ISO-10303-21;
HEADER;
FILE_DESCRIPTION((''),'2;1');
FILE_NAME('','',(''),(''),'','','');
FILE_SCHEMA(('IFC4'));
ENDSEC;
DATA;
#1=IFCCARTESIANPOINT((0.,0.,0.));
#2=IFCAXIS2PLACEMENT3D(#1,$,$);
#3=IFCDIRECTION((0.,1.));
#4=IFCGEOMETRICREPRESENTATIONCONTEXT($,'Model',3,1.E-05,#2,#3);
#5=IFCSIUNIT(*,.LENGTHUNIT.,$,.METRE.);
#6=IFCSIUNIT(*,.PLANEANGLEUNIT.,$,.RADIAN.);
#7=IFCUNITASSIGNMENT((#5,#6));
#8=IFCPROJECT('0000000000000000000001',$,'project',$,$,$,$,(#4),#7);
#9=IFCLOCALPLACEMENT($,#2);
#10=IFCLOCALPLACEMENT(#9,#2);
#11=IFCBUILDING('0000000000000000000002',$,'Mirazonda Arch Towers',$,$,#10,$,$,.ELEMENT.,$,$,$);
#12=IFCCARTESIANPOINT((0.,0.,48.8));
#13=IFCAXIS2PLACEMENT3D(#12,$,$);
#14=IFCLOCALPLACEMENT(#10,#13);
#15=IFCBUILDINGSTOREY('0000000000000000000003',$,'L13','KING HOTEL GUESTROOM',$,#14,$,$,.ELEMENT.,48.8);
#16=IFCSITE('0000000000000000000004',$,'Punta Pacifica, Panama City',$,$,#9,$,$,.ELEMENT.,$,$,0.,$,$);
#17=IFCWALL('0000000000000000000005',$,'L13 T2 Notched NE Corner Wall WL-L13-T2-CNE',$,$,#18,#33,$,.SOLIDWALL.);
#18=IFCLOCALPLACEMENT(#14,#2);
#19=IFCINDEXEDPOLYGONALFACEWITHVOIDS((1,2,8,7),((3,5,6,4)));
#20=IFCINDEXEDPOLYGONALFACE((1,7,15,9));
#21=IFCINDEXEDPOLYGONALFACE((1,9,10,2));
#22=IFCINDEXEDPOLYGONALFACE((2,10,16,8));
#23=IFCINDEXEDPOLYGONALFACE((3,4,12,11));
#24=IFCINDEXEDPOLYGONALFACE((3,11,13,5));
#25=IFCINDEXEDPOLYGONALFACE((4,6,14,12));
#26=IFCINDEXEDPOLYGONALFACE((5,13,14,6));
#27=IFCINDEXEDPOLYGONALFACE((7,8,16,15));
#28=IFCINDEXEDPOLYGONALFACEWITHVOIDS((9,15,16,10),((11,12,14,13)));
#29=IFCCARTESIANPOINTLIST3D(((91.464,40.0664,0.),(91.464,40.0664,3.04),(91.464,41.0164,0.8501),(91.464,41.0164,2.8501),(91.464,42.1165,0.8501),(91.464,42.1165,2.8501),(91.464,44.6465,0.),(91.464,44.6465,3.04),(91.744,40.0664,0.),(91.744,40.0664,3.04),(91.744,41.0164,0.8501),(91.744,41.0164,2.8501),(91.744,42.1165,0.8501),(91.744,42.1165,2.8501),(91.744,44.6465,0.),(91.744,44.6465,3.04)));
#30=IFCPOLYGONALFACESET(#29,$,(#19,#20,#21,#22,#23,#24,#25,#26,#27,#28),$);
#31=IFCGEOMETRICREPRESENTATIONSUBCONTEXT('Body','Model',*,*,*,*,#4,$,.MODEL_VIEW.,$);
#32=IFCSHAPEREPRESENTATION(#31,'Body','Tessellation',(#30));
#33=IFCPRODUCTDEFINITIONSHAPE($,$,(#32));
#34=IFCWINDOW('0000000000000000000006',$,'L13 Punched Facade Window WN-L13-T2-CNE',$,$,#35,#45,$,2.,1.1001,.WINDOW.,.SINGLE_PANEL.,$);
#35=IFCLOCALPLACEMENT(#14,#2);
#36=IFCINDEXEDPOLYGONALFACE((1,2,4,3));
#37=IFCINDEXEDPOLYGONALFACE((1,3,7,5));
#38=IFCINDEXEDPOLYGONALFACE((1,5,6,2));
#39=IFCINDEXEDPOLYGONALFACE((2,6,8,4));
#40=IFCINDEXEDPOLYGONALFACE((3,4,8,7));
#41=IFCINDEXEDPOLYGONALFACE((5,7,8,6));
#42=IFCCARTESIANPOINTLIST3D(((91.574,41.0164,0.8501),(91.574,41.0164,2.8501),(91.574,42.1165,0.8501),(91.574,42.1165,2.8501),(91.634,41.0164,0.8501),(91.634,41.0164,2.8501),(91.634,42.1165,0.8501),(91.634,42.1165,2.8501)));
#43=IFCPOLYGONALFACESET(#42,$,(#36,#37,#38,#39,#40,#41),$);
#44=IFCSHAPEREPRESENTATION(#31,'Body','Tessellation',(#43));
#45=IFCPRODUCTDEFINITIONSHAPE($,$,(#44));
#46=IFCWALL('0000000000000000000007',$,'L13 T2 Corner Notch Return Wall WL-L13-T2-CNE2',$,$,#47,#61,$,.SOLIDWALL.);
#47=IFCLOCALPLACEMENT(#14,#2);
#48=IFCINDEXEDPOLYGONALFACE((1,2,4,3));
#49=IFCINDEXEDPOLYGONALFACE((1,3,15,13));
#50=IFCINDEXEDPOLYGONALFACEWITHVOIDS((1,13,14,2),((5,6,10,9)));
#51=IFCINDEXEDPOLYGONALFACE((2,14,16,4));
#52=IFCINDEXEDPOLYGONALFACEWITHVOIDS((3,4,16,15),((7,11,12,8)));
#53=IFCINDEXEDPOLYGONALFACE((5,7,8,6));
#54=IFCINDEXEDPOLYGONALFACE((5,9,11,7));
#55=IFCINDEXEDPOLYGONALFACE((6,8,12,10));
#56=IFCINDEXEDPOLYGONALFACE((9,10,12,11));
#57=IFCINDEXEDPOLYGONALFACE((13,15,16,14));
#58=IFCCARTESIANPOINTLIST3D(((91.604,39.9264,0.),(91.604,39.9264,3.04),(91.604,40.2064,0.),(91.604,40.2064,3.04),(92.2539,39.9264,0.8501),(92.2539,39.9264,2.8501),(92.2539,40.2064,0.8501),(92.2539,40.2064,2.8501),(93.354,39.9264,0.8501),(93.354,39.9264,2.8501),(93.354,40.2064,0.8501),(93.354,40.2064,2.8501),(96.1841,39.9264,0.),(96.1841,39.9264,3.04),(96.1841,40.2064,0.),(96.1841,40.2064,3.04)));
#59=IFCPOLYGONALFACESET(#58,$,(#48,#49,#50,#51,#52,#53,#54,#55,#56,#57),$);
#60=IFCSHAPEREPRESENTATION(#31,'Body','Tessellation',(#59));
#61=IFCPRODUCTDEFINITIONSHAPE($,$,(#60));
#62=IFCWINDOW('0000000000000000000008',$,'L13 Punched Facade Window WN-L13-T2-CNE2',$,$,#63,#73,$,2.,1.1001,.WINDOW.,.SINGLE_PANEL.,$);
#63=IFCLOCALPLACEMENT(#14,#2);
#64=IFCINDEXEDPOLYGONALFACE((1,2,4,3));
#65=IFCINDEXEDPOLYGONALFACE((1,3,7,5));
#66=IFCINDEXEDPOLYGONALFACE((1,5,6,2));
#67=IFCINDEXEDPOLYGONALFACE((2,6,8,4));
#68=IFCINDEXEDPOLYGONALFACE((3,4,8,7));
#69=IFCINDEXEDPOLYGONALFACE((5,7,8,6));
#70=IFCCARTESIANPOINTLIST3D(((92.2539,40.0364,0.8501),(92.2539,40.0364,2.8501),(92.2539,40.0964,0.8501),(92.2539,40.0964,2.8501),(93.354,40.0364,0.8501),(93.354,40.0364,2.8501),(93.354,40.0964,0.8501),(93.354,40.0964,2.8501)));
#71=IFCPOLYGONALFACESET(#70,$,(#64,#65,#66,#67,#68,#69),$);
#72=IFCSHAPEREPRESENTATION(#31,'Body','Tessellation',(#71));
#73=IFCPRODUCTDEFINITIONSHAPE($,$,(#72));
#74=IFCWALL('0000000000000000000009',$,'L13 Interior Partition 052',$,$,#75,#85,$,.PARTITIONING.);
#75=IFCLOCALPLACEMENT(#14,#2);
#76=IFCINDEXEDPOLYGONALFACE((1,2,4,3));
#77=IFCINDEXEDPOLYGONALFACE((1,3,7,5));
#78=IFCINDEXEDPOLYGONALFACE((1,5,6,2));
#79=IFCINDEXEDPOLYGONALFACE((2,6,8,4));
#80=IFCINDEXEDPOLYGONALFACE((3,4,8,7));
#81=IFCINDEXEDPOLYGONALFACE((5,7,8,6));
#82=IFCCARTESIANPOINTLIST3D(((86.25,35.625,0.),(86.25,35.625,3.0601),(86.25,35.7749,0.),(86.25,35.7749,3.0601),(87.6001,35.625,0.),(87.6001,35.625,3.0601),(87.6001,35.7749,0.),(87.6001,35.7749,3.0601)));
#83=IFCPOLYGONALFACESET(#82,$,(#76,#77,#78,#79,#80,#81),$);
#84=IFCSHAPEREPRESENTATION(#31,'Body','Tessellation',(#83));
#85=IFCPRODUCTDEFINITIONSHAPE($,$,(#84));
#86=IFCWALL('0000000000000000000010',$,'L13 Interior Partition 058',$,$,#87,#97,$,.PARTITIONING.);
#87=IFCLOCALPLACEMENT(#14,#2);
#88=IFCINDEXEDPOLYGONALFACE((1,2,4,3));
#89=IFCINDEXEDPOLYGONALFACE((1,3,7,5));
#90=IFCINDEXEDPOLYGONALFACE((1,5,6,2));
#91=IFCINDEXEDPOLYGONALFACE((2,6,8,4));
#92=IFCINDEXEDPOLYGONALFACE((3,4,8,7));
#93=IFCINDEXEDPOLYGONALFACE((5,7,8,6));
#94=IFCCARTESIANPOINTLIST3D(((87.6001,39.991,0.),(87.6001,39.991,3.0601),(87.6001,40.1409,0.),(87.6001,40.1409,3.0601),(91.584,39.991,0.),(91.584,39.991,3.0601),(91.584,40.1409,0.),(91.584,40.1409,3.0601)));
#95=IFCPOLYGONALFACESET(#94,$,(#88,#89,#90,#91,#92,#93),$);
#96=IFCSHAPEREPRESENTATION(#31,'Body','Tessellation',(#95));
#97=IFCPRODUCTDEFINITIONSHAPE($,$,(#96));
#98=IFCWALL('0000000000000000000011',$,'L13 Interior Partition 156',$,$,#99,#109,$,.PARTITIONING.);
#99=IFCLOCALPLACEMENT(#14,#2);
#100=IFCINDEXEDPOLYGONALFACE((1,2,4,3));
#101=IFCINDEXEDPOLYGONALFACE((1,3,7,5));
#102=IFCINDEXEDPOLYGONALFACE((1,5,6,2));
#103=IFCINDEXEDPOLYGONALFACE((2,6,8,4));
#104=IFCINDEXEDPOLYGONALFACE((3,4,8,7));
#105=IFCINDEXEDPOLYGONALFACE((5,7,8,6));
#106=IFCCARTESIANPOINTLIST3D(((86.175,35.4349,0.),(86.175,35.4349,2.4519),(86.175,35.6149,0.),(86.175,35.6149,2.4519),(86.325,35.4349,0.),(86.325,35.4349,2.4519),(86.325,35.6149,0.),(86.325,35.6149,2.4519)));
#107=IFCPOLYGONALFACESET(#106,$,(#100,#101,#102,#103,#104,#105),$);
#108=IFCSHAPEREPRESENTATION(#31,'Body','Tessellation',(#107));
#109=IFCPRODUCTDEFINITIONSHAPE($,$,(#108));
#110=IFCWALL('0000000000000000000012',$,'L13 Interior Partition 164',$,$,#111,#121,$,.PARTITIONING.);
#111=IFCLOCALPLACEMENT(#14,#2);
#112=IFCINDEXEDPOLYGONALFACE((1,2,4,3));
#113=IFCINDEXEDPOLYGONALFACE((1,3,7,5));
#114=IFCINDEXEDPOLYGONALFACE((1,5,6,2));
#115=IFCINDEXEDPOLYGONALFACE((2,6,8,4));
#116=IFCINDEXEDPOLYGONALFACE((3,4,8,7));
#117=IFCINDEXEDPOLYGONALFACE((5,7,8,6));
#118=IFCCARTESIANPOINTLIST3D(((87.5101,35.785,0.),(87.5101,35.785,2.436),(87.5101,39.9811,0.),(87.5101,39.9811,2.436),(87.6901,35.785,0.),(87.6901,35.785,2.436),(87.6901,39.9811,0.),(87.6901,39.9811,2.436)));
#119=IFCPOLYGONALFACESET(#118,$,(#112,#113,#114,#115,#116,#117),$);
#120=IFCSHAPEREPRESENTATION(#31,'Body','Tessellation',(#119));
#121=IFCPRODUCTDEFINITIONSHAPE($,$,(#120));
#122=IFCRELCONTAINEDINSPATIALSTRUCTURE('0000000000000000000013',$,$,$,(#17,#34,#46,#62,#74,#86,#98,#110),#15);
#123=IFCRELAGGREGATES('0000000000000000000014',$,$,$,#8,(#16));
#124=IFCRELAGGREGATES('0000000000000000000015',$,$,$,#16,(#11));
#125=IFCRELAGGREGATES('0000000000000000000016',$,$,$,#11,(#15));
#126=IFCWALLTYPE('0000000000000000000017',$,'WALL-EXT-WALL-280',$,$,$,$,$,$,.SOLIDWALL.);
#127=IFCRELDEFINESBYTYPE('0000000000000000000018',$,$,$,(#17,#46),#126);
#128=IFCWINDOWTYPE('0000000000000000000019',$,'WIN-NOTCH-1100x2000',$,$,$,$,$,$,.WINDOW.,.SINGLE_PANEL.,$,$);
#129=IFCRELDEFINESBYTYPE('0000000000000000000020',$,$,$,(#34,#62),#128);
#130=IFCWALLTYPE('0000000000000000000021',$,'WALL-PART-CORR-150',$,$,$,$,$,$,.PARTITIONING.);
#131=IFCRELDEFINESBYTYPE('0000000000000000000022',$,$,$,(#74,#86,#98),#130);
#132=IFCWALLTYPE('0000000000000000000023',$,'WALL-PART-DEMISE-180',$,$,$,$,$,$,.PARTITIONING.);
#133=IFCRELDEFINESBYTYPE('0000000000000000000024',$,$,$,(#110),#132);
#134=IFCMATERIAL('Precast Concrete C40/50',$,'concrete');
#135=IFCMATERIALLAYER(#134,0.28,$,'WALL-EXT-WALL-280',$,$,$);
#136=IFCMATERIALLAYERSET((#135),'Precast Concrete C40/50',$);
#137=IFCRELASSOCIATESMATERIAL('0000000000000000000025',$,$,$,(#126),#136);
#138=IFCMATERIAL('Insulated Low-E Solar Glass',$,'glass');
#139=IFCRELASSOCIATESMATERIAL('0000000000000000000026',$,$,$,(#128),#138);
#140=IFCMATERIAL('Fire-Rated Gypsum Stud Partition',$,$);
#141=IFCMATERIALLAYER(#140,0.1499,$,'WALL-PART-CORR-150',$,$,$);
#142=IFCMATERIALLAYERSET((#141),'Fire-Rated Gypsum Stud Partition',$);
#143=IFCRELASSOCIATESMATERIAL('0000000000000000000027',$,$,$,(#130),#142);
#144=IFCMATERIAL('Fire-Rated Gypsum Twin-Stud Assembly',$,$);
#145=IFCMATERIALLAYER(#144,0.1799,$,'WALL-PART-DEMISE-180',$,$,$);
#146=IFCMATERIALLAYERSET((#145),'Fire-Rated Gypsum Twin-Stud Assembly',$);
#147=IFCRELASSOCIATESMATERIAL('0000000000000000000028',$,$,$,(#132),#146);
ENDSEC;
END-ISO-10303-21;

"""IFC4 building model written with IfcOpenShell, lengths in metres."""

from ifc_helpers import new_model, si_unit, direction, frame, frame_2d, origin, place, context, subcontext, project, spatial, rectangle, extrude, material, layer, layer_set, type_object, element, fill, save


model = new_model("IFC4")

# Units and contexts
model_context = context("Model", 3, precision=1e-05, world=origin(), true_north=direction((0.0, 1.0)))
body_context = subcontext(model_context, "Body", "Model", "MODEL_VIEW")
ifc_project = project(units=[si_unit("LENGTHUNIT", "METRE"), si_unit("PLANEANGLEUNIT", "RADIAN")], contexts=[model_context])

# Site, building, storey
site_placement = place(None, origin())
site = spatial("IfcSite", under=ifc_project, at=site_placement, Name="Punta Pacifica, Panama City", CompositionType="ELEMENT", RefElevation=0.0)
building_placement = place(site_placement, origin())
building = spatial("IfcBuilding", under=site, at=building_placement, Name="Mirazonda Arch Towers", CompositionType="ELEMENT")
storey_placement = place(building_placement, frame((0.0, 0.0, 48.8)))
storey = spatial("IfcBuildingStorey", under=building, at=storey_placement, Name="L13", Description="KING HOTEL GUESTROOM", CompositionType="ELEMENT", Elevation=48.8)

# Shared definitions
ifc_material_1 = material(Name="Insulated Low-E Solar Glass", Category="glass")

# Walls, openings, windows
ifc_material_2 = material(Name="Precast Concrete C40/50", Category="concrete")
ifc_layer_1 = layer(ifc_material_2, 0.28, Name="WALL-EXT-WALL-280")
ifc_layer_set_1 = layer_set([ifc_layer_1], Name="Precast Concrete C40/50")
wall_type_1 = type_object("IfcWallType", Name="WALL-EXT-WALL-280", PredefinedType="SOLIDWALL", material=ifc_layer_set_1)
wall_1_placement = place(storey_placement, frame((91.604, 40.0664, 0.0), z_axis=(0.0, 0.0, 1.0), x_axis=(0.0, 1.0, 0.0)))
wall_1 = element("IfcWall", 1, at=wall_1_placement, inside=storey, type_object=wall_type_1, Name="L13 T2 Notched NE Corner Wall WL-L13-T2-CNE", PredefinedType="SOLIDWALL", context=body_context, shape_type="SweptSolid", body=[
    extrude(rectangle(XDim=4.5801, YDim=0.28, at=frame_2d((2.29, 0.0))), origin(), (0.0, 0.0, 1.0), 3.04),
])
opening_1_placement = place(wall_1_placement, frame((0.95, 0.0, 0.8501)))
opening_1 = element("IfcOpeningElement", 2, at=opening_1_placement, cuts=wall_1, PredefinedType="OPENING", context=body_context, shape_type="SweptSolid", body=[
    extrude(rectangle(XDim=1.1001, YDim=2.0, at=frame_2d((0.55, 1.0))), frame((0.0, 0.1499, 0.0), z_axis=(0.0, -1.0, 0.0), x_axis=(1.0, 0.0, 0.0)), (0.0, 0.0, 1.0), 0.3),
])
window_type = type_object("IfcWindowType", Name="WIN-NOTCH-1100x2000", PartitioningType="SINGLE_PANEL", PredefinedType="WINDOW", material=ifc_material_1)
window_1_placement = place(opening_1_placement, origin())
window_1 = element("IfcWindow", 3, at=window_1_placement, inside=storey, type_object=window_type, Name="L13 Punched Facade Window WN-L13-T2-CNE", OverallHeight=2.0, OverallWidth=1.1001, PartitioningType="SINGLE_PANEL", PredefinedType="WINDOW", context=body_context, shape_type="SweptSolid", body=[
    extrude(rectangle(XDim=1.1001, YDim=2.0, at=frame_2d((0.55, 1.0))), frame((0.0, 0.03, 0.0), z_axis=(0.0, -1.0, 0.0), x_axis=(1.0, 0.0, 0.0)), (0.0, 0.0, 1.0), 0.0601),
])
fill(opening_1, window_1)
wall_2_placement = place(storey_placement, frame((96.1841, 40.0664, 0.0), z_axis=(0.0, 0.0, 1.0), x_axis=(-1.0, 0.0, 0.0)))
wall_2 = element("IfcWall", 4, at=wall_2_placement, inside=storey, type_object=wall_type_1, Name="L13 T2 Corner Notch Return Wall WL-L13-T2-CNE2", PredefinedType="SOLIDWALL", context=body_context, shape_type="SweptSolid", body=[
    extrude(rectangle(XDim=4.5801, YDim=0.28, at=frame_2d((2.29, 0.0))), origin(), (0.0, 0.0, 1.0), 3.04),
])
opening_2_placement = place(wall_2_placement, frame((2.8301, 0.0, 0.8501)))
opening_2 = element("IfcOpeningElement", 5, at=opening_2_placement, cuts=wall_2, PredefinedType="OPENING", context=body_context, shape_type="SweptSolid", body=[
    extrude(rectangle(XDim=1.1001, YDim=2.0, at=frame_2d((0.55, 1.0))), frame((0.0, 0.1499, 0.0), z_axis=(0.0, -1.0, 0.0), x_axis=(1.0, 0.0, 0.0)), (0.0, 0.0, 1.0), 0.3),
])
window_2_placement = place(opening_2_placement, origin())
window_2 = element("IfcWindow", 6, at=window_2_placement, inside=storey, type_object=window_type, Name="L13 Punched Facade Window WN-L13-T2-CNE2", OverallHeight=2.0, OverallWidth=1.1001, PartitioningType="SINGLE_PANEL", PredefinedType="WINDOW", context=body_context, shape_type="SweptSolid", body=[
    extrude(rectangle(XDim=1.1001, YDim=2.0, at=frame_2d((0.55, 1.0))), frame((0.0, 0.03, 0.0), z_axis=(0.0, -1.0, 0.0), x_axis=(1.0, 0.0, 0.0)), (0.0, 0.0, 1.0), 0.0601),
])
fill(opening_2, window_2)

# Walls
ifc_material_3 = material(Name="Fire-Rated Gypsum Stud Partition")
ifc_layer_2 = layer(ifc_material_3, 0.1499, Name="WALL-PART-CORR-150")
ifc_layer_set_2 = layer_set([ifc_layer_2], Name="Fire-Rated Gypsum Stud Partition")
wall_type_2 = type_object("IfcWallType", Name="WALL-PART-CORR-150", PredefinedType="PARTITIONING", material=ifc_layer_set_2)
wall_3_placement = place(storey_placement, frame((86.25, 35.7, 0.0), z_axis=(0.0, 0.0, 1.0), x_axis=(1.0, 0.0, 0.0)))
element("IfcWall", 7, at=wall_3_placement, inside=storey, type_object=wall_type_2, Name="L13 Interior Partition 052", PredefinedType="PARTITIONING", context=body_context, shape_type="SweptSolid", body=[
    extrude(rectangle(XDim=1.3501, YDim=0.1499, at=frame_2d((0.675, 0.0))), origin(), (0.0, 0.0, 1.0), 3.0601),
])
wall_4_placement = place(storey_placement, frame((87.6001, 40.0659, 0.0), z_axis=(0.0, 0.0, 1.0), x_axis=(1.0, 0.0, 0.0)))
element("IfcWall", 8, at=wall_4_placement, inside=storey, type_object=wall_type_2, Name="L13 Interior Partition 058", PredefinedType="PARTITIONING", context=body_context, shape_type="SweptSolid", body=[
    extrude(rectangle(XDim=3.9839, YDim=0.1499, at=frame_2d((1.9919, 0.0))), origin(), (0.0, 0.0, 1.0), 3.0601),
])
wall_5_placement = place(storey_placement, frame((86.25, 35.4351, 0.0), z_axis=(0.0, 0.0, 1.0), x_axis=(0.0, 1.0, 0.0)))
element("IfcWall", 9, at=wall_5_placement, inside=storey, type_object=wall_type_2, Name="L13 Interior Partition 156", PredefinedType="PARTITIONING", context=body_context, shape_type="SweptSolid", body=[
    extrude(rectangle(XDim=0.1799, YDim=0.1499, at=frame_2d((0.0898, 0.0))), origin(), (0.0, 0.0, 1.0), 2.4519),
])
ifc_material_4 = material(Name="Fire-Rated Gypsum Twin-Stud Assembly")
ifc_layer_3 = layer(ifc_material_4, 0.1799, Name="WALL-PART-DEMISE-180")
ifc_layer_set_3 = layer_set([ifc_layer_3], Name="Fire-Rated Gypsum Twin-Stud Assembly")
wall_type_3 = type_object("IfcWallType", Name="WALL-PART-DEMISE-180", PredefinedType="PARTITIONING", material=ifc_layer_set_3)
wall_6_placement = place(storey_placement, frame((87.6001, 35.7849, 0.0), z_axis=(0.0, 0.0, 1.0), x_axis=(0.0, 1.0, 0.0)))
element("IfcWall", 10, at=wall_6_placement, inside=storey, type_object=wall_type_3, Name="L13 Interior Partition 164", PredefinedType="PARTITIONING", context=body_context, shape_type="SweptSolid", body=[
    extrude(rectangle(XDim=4.196, YDim=0.1799, at=frame_2d((2.0981, 0.0))), origin(), (0.0, 0.0, 1.0), 2.436),
])

save(model, "model.ifc")
